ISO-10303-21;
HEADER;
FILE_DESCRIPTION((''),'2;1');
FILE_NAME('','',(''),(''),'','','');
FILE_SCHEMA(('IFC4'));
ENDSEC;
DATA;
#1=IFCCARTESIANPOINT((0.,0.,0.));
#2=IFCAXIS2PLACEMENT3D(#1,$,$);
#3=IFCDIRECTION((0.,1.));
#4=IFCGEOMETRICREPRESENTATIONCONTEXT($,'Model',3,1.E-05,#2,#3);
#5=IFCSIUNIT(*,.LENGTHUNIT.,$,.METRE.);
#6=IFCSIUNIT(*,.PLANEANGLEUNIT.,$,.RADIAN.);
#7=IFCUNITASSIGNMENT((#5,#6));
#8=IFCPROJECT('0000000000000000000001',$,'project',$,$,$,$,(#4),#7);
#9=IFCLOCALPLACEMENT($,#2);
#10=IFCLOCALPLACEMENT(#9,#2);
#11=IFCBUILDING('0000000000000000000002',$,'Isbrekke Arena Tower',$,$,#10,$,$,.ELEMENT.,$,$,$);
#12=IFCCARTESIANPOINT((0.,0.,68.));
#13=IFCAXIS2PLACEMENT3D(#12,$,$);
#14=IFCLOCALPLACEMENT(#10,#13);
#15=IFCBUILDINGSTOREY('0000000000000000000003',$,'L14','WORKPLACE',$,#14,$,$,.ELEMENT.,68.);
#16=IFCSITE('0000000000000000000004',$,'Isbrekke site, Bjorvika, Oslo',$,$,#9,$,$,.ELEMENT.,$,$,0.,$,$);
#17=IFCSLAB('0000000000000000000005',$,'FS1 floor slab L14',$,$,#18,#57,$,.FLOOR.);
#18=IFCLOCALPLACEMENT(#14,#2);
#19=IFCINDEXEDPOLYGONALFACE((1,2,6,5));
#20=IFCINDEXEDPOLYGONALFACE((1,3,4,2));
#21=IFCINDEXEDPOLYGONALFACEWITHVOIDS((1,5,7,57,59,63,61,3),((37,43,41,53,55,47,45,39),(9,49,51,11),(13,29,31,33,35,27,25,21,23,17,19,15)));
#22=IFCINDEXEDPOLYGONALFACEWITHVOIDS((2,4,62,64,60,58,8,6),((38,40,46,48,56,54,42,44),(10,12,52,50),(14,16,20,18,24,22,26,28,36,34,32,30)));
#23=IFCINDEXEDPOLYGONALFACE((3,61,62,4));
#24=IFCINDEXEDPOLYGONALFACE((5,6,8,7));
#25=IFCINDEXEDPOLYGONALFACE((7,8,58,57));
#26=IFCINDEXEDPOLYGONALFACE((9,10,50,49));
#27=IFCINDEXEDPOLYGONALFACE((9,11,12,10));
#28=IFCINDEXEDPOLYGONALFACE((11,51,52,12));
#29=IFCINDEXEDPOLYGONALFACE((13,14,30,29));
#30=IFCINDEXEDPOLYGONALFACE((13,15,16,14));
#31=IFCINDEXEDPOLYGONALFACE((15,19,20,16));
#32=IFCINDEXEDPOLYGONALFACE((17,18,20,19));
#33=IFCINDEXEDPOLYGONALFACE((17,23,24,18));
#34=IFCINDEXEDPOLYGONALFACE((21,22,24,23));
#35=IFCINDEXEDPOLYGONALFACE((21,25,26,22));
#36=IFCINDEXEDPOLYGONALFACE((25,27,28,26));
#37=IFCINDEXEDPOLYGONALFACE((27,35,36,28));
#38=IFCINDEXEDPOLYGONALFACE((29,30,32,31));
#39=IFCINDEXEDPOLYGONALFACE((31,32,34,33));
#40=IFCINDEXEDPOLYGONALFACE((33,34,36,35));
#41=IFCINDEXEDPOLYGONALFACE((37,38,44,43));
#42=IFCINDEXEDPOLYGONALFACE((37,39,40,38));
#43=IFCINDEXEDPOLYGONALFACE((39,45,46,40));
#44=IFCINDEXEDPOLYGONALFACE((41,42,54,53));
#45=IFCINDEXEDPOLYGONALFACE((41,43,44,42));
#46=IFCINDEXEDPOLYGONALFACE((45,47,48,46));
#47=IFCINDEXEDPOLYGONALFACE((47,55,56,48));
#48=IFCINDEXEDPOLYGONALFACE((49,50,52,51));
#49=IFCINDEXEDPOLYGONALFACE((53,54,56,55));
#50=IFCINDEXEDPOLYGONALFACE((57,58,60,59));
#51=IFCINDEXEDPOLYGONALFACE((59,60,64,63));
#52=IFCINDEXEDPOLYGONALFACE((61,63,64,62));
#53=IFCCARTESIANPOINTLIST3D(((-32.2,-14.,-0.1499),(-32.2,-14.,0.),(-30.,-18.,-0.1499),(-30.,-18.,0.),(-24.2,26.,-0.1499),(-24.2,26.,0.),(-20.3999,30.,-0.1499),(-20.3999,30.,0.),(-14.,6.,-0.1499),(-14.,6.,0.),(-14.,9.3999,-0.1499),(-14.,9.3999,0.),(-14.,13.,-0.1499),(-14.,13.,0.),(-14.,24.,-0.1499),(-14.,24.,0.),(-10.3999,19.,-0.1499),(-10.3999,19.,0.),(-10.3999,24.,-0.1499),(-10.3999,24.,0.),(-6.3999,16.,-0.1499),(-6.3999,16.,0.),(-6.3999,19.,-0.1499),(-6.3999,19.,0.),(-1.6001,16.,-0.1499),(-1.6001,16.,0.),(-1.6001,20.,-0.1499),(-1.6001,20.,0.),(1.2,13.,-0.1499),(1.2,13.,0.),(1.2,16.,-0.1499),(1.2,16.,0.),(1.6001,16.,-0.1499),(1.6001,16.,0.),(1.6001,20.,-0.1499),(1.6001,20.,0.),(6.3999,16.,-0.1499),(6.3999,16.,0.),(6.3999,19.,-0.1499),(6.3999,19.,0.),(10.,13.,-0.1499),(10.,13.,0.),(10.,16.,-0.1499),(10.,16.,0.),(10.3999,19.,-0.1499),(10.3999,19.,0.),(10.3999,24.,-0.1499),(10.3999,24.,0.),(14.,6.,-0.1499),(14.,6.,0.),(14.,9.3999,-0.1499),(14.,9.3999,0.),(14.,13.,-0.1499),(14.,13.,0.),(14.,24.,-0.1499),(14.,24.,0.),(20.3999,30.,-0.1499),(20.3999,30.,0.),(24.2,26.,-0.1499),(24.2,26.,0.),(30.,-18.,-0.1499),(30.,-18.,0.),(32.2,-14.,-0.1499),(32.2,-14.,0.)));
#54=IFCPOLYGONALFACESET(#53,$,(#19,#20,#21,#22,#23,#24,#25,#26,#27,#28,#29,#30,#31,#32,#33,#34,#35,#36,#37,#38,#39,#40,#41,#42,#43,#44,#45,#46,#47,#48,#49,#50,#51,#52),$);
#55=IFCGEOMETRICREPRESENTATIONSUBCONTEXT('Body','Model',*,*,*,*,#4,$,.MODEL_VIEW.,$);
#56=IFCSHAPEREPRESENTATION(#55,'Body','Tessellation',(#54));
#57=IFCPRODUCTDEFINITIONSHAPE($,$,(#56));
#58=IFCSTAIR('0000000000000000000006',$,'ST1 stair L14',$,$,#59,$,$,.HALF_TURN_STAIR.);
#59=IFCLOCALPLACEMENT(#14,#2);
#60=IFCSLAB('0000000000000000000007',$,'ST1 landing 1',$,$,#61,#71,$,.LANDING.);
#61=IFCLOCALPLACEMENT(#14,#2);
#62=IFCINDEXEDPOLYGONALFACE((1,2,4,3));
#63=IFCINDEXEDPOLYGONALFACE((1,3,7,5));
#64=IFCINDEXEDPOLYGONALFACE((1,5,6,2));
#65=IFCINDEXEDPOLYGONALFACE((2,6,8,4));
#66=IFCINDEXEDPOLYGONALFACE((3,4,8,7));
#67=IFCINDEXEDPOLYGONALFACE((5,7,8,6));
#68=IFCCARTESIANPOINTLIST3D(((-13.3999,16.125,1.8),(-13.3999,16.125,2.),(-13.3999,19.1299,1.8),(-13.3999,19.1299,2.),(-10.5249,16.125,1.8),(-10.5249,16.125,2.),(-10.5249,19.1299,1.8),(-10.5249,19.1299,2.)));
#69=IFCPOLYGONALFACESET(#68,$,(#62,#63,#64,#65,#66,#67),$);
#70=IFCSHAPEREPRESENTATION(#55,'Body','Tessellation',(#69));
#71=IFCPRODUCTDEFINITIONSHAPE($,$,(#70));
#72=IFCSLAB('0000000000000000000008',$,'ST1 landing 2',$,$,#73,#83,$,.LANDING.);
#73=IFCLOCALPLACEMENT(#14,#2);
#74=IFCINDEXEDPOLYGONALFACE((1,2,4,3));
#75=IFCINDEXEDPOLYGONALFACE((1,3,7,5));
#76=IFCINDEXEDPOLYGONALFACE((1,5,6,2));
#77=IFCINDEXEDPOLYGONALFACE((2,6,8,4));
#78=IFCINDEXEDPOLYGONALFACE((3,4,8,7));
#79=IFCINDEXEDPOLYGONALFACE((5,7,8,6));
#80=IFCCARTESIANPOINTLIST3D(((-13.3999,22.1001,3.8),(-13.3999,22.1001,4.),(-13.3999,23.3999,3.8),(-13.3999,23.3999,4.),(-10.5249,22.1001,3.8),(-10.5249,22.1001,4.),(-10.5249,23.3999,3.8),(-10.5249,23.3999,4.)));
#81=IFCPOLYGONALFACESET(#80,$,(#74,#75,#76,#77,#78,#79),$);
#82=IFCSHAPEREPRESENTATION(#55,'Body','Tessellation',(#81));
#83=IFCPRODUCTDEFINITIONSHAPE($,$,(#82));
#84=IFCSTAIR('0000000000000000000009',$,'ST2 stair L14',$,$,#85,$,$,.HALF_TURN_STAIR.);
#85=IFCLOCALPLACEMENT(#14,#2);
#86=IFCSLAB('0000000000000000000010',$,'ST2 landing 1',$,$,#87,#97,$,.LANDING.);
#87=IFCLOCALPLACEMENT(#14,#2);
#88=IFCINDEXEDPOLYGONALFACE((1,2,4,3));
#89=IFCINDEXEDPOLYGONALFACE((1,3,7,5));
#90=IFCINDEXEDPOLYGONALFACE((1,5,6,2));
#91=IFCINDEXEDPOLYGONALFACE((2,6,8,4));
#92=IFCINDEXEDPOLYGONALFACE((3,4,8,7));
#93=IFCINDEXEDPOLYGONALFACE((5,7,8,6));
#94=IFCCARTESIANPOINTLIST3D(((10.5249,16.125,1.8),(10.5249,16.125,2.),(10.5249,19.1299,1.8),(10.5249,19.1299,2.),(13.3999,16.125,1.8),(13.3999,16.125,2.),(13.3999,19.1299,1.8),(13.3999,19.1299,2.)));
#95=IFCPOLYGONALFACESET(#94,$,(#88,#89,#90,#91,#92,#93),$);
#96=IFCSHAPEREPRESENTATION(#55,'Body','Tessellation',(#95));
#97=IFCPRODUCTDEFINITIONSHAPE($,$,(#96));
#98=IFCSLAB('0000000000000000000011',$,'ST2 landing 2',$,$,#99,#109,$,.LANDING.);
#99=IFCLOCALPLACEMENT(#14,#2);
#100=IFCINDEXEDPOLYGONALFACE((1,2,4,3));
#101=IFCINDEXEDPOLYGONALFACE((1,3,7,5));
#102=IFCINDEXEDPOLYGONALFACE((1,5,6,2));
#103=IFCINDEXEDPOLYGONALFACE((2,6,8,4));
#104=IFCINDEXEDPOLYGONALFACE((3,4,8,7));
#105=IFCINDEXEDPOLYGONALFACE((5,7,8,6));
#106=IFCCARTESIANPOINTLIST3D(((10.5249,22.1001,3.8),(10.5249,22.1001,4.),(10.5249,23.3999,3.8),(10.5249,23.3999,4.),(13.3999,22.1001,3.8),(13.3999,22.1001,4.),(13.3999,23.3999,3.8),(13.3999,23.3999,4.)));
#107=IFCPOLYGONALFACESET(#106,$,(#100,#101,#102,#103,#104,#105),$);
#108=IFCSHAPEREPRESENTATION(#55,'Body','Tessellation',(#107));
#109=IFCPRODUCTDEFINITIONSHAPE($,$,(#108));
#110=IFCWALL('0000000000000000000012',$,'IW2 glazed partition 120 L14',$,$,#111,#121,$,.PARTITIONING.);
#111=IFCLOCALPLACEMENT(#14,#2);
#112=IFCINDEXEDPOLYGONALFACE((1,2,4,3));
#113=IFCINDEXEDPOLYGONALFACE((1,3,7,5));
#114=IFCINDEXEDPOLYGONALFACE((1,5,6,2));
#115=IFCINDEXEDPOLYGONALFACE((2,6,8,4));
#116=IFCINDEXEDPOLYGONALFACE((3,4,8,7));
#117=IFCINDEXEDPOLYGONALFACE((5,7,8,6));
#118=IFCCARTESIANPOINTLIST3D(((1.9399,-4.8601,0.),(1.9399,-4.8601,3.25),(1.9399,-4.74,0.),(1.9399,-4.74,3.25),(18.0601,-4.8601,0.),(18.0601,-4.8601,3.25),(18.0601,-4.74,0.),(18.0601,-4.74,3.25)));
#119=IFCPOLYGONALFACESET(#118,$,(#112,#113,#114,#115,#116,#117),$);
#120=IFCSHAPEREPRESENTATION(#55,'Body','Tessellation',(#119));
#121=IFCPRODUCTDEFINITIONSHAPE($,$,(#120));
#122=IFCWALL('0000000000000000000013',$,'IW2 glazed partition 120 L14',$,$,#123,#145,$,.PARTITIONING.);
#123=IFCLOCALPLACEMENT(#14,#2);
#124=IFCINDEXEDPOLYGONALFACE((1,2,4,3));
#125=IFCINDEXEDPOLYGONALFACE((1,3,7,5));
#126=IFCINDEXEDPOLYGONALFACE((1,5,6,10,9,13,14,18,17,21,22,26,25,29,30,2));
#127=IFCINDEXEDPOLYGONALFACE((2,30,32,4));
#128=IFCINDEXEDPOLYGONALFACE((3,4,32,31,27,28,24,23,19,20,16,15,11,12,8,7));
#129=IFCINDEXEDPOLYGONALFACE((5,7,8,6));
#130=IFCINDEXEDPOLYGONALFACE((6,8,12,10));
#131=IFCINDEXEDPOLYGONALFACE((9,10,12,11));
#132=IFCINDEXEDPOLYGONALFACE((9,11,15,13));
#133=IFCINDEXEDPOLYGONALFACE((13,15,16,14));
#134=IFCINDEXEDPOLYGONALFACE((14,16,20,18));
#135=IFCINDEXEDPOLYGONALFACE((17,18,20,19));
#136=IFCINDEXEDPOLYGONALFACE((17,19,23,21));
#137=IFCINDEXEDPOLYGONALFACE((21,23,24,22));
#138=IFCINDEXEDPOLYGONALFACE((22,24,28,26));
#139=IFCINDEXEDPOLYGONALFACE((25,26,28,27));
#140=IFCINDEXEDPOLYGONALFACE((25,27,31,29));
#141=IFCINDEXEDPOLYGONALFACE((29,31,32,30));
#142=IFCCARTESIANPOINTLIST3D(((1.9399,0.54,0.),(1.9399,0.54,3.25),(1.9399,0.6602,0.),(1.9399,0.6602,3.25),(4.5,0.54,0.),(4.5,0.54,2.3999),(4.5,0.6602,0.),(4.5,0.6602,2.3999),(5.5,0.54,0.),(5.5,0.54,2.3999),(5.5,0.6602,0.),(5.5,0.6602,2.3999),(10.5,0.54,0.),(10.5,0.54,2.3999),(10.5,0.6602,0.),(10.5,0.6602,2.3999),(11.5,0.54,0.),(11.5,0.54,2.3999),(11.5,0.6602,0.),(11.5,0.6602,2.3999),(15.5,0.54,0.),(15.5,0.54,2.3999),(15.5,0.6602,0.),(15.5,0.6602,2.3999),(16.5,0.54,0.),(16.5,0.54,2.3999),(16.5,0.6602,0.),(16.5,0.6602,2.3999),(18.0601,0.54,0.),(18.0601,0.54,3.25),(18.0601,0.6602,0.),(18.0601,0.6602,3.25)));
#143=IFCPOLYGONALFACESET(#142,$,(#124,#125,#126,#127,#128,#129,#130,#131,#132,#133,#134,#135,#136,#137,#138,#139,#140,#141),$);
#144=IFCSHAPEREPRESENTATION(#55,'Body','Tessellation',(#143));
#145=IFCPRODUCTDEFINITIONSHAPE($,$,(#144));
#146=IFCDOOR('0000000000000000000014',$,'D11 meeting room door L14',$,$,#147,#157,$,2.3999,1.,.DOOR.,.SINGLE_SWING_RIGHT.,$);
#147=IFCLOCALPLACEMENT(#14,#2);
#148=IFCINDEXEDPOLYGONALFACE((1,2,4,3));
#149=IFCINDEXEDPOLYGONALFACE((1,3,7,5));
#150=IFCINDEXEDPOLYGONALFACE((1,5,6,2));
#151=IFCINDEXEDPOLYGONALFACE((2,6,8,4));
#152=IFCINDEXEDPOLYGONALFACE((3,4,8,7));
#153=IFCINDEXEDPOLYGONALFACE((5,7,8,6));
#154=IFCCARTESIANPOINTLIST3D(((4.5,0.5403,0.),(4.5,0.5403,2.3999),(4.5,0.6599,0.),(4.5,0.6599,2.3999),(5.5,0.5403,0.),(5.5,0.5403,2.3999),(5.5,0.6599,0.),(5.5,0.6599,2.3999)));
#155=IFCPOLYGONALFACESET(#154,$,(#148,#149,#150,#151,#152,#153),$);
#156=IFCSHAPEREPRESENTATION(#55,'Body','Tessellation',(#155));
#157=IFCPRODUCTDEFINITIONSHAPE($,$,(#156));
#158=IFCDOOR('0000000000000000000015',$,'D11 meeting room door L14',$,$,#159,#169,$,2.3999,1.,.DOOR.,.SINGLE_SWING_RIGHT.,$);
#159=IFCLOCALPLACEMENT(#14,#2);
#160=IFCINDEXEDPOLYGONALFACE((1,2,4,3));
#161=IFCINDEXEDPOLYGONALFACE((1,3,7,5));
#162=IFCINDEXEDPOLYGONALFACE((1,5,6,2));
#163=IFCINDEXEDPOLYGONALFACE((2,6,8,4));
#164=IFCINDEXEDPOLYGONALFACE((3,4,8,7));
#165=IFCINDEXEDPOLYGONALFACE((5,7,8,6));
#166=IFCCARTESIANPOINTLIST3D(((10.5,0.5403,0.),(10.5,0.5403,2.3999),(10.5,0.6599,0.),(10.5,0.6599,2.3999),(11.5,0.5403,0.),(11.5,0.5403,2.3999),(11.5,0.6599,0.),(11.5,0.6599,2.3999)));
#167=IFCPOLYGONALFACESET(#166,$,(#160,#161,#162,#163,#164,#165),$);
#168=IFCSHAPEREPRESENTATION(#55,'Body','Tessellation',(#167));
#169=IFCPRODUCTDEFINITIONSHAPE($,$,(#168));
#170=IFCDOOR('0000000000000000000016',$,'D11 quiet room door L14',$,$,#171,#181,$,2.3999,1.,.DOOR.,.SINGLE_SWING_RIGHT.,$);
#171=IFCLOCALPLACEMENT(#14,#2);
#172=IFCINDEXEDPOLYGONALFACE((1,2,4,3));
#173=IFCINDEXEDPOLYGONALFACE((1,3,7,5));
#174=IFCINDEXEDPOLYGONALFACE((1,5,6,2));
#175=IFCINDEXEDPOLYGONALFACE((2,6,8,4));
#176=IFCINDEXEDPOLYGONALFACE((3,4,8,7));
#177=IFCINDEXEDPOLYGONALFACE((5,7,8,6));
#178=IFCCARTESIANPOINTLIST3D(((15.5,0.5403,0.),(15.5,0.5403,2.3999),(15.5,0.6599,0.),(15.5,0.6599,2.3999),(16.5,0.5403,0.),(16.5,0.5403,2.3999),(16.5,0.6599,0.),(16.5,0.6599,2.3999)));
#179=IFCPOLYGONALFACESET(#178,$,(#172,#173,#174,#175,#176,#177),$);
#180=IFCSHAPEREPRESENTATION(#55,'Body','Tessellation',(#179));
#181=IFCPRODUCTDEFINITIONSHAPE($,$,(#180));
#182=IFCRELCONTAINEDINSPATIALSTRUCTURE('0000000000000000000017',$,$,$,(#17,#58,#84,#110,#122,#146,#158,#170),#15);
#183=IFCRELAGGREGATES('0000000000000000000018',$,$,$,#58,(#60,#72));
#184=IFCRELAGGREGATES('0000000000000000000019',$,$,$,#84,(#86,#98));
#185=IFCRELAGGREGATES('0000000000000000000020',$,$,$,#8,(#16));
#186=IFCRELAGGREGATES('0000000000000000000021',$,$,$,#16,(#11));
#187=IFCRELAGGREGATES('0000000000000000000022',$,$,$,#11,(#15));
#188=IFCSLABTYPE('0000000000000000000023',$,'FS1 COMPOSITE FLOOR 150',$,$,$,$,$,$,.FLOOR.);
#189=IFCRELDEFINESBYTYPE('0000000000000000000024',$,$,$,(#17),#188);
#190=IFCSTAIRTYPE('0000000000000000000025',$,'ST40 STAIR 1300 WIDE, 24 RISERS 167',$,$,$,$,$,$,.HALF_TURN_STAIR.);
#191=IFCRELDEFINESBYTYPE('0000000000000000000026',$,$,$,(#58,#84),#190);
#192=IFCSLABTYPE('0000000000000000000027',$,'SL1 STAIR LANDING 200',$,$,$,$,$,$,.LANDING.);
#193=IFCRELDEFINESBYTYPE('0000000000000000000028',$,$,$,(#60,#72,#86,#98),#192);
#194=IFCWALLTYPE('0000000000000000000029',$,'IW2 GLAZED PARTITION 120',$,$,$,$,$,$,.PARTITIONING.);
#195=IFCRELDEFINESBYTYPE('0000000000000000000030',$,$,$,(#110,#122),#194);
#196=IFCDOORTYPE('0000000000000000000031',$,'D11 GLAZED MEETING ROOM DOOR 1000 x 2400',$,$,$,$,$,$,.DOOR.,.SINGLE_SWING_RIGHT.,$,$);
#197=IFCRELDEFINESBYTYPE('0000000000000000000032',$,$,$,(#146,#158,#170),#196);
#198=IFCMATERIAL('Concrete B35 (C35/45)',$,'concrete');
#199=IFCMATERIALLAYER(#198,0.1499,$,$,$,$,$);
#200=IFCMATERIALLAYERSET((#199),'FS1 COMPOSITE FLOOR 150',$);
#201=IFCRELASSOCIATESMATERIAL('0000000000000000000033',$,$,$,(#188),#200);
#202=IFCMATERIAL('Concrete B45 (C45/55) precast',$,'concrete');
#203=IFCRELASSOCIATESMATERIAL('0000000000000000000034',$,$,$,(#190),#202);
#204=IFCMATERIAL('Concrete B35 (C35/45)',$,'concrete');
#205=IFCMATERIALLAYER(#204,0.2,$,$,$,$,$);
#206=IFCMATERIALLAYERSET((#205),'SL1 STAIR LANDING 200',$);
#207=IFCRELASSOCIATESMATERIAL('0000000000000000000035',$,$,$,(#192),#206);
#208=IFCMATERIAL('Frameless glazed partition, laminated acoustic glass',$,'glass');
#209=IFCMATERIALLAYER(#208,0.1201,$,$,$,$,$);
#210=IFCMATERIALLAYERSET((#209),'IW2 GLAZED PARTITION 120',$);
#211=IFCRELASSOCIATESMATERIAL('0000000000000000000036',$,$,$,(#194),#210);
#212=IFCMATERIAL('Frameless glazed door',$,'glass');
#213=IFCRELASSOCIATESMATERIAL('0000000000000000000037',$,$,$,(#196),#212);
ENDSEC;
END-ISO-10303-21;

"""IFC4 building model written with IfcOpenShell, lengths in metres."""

from ifc_helpers import new_model, si_unit, direction, frame, frame_2d, origin, place, context, subcontext, project, spatial, polyline, rectangle, outline, extrude, material, layer, layer_set, type_object, element, fill, aggregate, save


model = new_model("IFC4")

# Units and contexts
model_context = context("Model", 3, precision=1e-05, world=origin(), true_north=direction((0.0, 1.0)))
body_context = subcontext(model_context, "Body", "Model", "MODEL_VIEW")
ifc_project = project(units=[si_unit("LENGTHUNIT", "METRE"), si_unit("PLANEANGLEUNIT", "RADIAN")], contexts=[model_context])

# Site, building, storey
site_placement = place(None, origin())
site = spatial("IfcSite", under=ifc_project, at=site_placement, Name="Isbrekke site, Bjorvika, Oslo", CompositionType="ELEMENT", RefElevation=0.0)
building_placement = place(site_placement, origin())
building = spatial("IfcBuilding", under=site, at=building_placement, Name="Isbrekke Arena Tower", CompositionType="ELEMENT")
storey_placement = place(building_placement, frame((0.0, 0.0, 68.0)))
storey = spatial("IfcBuildingStorey", under=building, at=storey_placement, Name="L14", Description="WORKPLACE", CompositionType="ELEMENT", Elevation=68.0)

# Slab
ifc_material_1 = material(Name="Concrete B35 (C35/45)", Category="concrete")
ifc_layer_1 = layer(ifc_material_1, 0.1499)
ifc_layer_set_1 = layer_set([ifc_layer_1], Name="FS1 COMPOSITE FLOOR 150")
slab_type_1 = type_object("IfcSlabType", Name="FS1 COMPOSITE FLOOR 150", PredefinedType="FLOOR", material=ifc_layer_set_1)
slab_1_placement = place(storey_placement, frame((0.0, 0.0, -0.1499)))
element("IfcSlab", 1, at=slab_1_placement, inside=storey, type_object=slab_type_1, Name="FS1 floor slab L14", PredefinedType="FLOOR", context=body_context, shape_type="SweptSolid", body=[
    extrude(outline(polyline([(-30.0, -18.0), (30.0, -18.0), (32.2, -14.0), (24.2, 26.0), (20.3999, 30.0), (-20.3999, 30.0), (-24.2, 26.0), (-32.2, -14.0), (-30.0, -18.0)]), holes=[polyline([(14.0, 9.3999), (14.0, 6.0), (-14.0, 6.0), (-14.0, 9.3999), (14.0, 9.3999)]), polyline([(-6.3999, 19.0), (-6.3999, 16.0), (-1.6001, 16.0), (-1.6001, 20.0), (1.6001, 20.0), (1.6001, 16.0), (1.2, 16.0), (1.2, 13.0), (-14.0, 13.0), (-14.0, 24.0), (-10.3999, 24.0), (-10.3999, 19.0), (-6.3999, 19.0)]), polyline([(10.0, 13.0), (10.0, 16.0), (6.3999, 16.0), (6.3999, 19.0), (10.3999, 19.0), (10.3999, 24.0), (14.0, 24.0), (14.0, 13.0), (10.0, 13.0)])]), origin(), (0.0, 0.0, 1.0), 0.1499),
])

# Stairs, slabs
ifc_material_2 = material(Name="Concrete B45 (C45/55) precast", Category="concrete")
stair_type = type_object("IfcStairType", Name="ST40 STAIR 1300 WIDE, 24 RISERS 167", PredefinedType="HALF_TURN_STAIR", material=ifc_material_2)
stair_1_placement = place(storey_placement, origin())
stair_1 = element("IfcStair", 2, at=stair_1_placement, inside=storey, type_object=stair_type, Name="ST1 stair L14", PredefinedType="HALF_TURN_STAIR")
ifc_material_3 = material(Name="Concrete B35 (C35/45)", Category="concrete")
ifc_layer_2 = layer(ifc_material_3, 0.2)
ifc_layer_set_2 = layer_set([ifc_layer_2], Name="SL1 STAIR LANDING 200")
slab_type_2 = type_object("IfcSlabType", Name="SL1 STAIR LANDING 200", PredefinedType="LANDING", material=ifc_layer_set_2)
slab_2_placement = place(storey_placement, frame((0.0, 0.0, 1.8)))
slab_2 = element("IfcSlab", 3, at=slab_2_placement, type_object=slab_type_2, Name="ST1 landing 1", PredefinedType="LANDING", context=body_context, shape_type="SweptSolid", body=[
    extrude(outline(polyline([(-13.3999, 16.125), (-10.5249, 16.125), (-10.5249, 19.1299), (-13.3999, 19.1299), (-13.3999, 16.125)])), origin(), (0.0, 0.0, 1.0), 0.2),
])
slab_3_placement = place(storey_placement, frame((0.0, 0.0, 3.8)))
slab_3 = element("IfcSlab", 4, at=slab_3_placement, type_object=slab_type_2, Name="ST1 landing 2", PredefinedType="LANDING", context=body_context, shape_type="SweptSolid", body=[
    extrude(outline(polyline([(-13.3999, 22.1001), (-10.5249, 22.1001), (-10.5249, 23.3999), (-13.3999, 23.3999), (-13.3999, 22.1001)])), origin(), (0.0, 0.0, 1.0), 0.2),
])
aggregate(stair_1, [slab_2, slab_3])
stair_2_placement = place(storey_placement, origin())
stair_2 = element("IfcStair", 5, at=stair_2_placement, inside=storey, type_object=stair_type, Name="ST2 stair L14", PredefinedType="HALF_TURN_STAIR")
slab_4_placement = place(storey_placement, frame((0.0, 0.0, 1.8)))
slab_4 = element("IfcSlab", 6, at=slab_4_placement, type_object=slab_type_2, Name="ST2 landing 1", PredefinedType="LANDING", context=body_context, shape_type="SweptSolid", body=[
    extrude(outline(polyline([(10.5249, 16.125), (13.3999, 16.125), (13.3999, 19.1299), (10.5249, 19.1299), (10.5249, 16.125)])), origin(), (0.0, 0.0, 1.0), 0.2),
])
slab_5_placement = place(storey_placement, frame((0.0, 0.0, 3.8)))
slab_5 = element("IfcSlab", 7, at=slab_5_placement, type_object=slab_type_2, Name="ST2 landing 2", PredefinedType="LANDING", context=body_context, shape_type="SweptSolid", body=[
    extrude(outline(polyline([(10.5249, 22.1001), (13.3999, 22.1001), (13.3999, 23.3999), (10.5249, 23.3999), (10.5249, 22.1001)])), origin(), (0.0, 0.0, 1.0), 0.2),
])
aggregate(stair_2, [slab_4, slab_5])

# Wall
ifc_material_4 = material(Name="Frameless glazed partition, laminated acoustic glass", Category="glass")
ifc_layer_3 = layer(ifc_material_4, 0.1201)
ifc_layer_set_3 = layer_set([ifc_layer_3], Name="IW2 GLAZED PARTITION 120")
wall_type_1 = type_object("IfcWallType", Name="IW2 GLAZED PARTITION 120", PredefinedType="PARTITIONING", material=ifc_layer_set_3)
wall_1_placement = place(storey_placement, frame((1.9399, -4.8, 0.0), z_axis=(0.0, 0.0, 1.0), x_axis=(1.0, 0.0, 0.0)))
element("IfcWall", 8, at=wall_1_placement, inside=storey, type_object=wall_type_1, Name="IW2 glazed partition 120 L14", PredefinedType="PARTITIONING", context=body_context, shape_type="SweptSolid", body=[
    extrude(rectangle(XDim=16.1201, YDim=0.1201, at=frame_2d((8.0601, 0.0))), origin(), (0.0, 0.0, 1.0), 3.25),
])

# Wall, openings, doors
wall_2_placement = place(storey_placement, frame((1.9399, 0.6001, 0.0), z_axis=(0.0, 0.0, 1.0), x_axis=(1.0, 0.0, 0.0)))
wall_2 = element("IfcWall", 9, at=wall_2_placement, inside=storey, type_object=wall_type_1, Name="IW2 glazed partition 120 L14", PredefinedType="PARTITIONING", context=body_context, shape_type="SweptSolid", body=[
    extrude(rectangle(XDim=16.1201, YDim=0.1201, at=frame_2d((8.0601, 0.0))), origin(), (0.0, 0.0, 1.0), 3.25),
])
opening_1_placement = place(wall_2_placement, frame((2.5601, 0.0, 0.0)))
opening_1 = element("IfcOpeningElement", 10, at=opening_1_placement, cuts=wall_2, PredefinedType="OPENING", context=body_context, shape_type="SweptSolid", body=[
    extrude(rectangle(XDim=1.0, YDim=2.3999, at=frame_2d((0.5, 1.2))), frame((0.0, 0.075, 0.0), z_axis=(0.0, -1.0, 0.0), x_axis=(1.0, 0.0, 0.0)), (0.0, 0.0, 1.0), 0.1499),
])
opening_2_placement = place(wall_2_placement, frame((8.5601, 0.0, 0.0)))
opening_2 = element("IfcOpeningElement", 11, at=opening_2_placement, cuts=wall_2, PredefinedType="OPENING", context=body_context, shape_type="SweptSolid", body=[
    extrude(rectangle(XDim=1.0, YDim=2.3999, at=frame_2d((0.5, 1.2))), frame((0.0, 0.075, 0.0), z_axis=(0.0, -1.0, 0.0), x_axis=(1.0, 0.0, 0.0)), (0.0, 0.0, 1.0), 0.1499),
])
opening_3_placement = place(wall_2_placement, frame((13.5601, 0.0, 0.0)))
opening_3 = element("IfcOpeningElement", 12, at=opening_3_placement, cuts=wall_2, PredefinedType="OPENING", context=body_context, shape_type="SweptSolid", body=[
    extrude(rectangle(XDim=1.0, YDim=2.3999, at=frame_2d((0.5, 1.2))), frame((0.0, 0.075, 0.0), z_axis=(0.0, -1.0, 0.0), x_axis=(1.0, 0.0, 0.0)), (0.0, 0.0, 1.0), 0.1499),
])
ifc_material_5 = material(Name="Frameless glazed door", Category="glass")
door_type = type_object("IfcDoorType", Name="D11 GLAZED MEETING ROOM DOOR 1000 x 2400", OperationType="SINGLE_SWING_RIGHT", PredefinedType="DOOR", material=ifc_material_5)
door_1_placement = place(opening_1_placement, origin())
door_1 = element("IfcDoor", 13, at=door_1_placement, inside=storey, type_object=door_type, Name="D11 meeting room door L14", OperationType="SINGLE_SWING_RIGHT", OverallHeight=2.3999, OverallWidth=1.0, PredefinedType="DOOR", context=body_context, shape_type="SweptSolid", body=[
    extrude(rectangle(XDim=1.0, YDim=2.3999, at=frame_2d((0.5, 1.2))), frame((0.0, 0.0598, 0.0), z_axis=(0.0, -1.0, 0.0), x_axis=(1.0, 0.0, 0.0)), (0.0, 0.0, 1.0), 0.1196),
])
fill(opening_1, door_1)
door_2_placement = place(opening_2_placement, origin())
door_2 = element("IfcDoor", 14, at=door_2_placement, inside=storey, type_object=door_type, Name="D11 meeting room door L14", OperationType="SINGLE_SWING_RIGHT", OverallHeight=2.3999, OverallWidth=1.0, PredefinedType="DOOR", context=body_context, shape_type="SweptSolid", body=[
    extrude(rectangle(XDim=1.0, YDim=2.3999, at=frame_2d((0.5, 1.2))), frame((0.0, 0.0598, 0.0), z_axis=(0.0, -1.0, 0.0), x_axis=(1.0, 0.0, 0.0)), (0.0, 0.0, 1.0), 0.1196),
])
fill(opening_2, door_2)
door_3_placement = place(opening_3_placement, origin())
door_3 = element("IfcDoor", 15, at=door_3_placement, inside=storey, type_object=door_type, Name="D11 quiet room door L14", OperationType="SINGLE_SWING_RIGHT", OverallHeight=2.3999, OverallWidth=1.0, PredefinedType="DOOR", context=body_context, shape_type="SweptSolid", body=[
    extrude(rectangle(XDim=1.0, YDim=2.3999, at=frame_2d((0.5, 1.2))), frame((0.0, 0.0598, 0.0), z_axis=(0.0, -1.0, 0.0), x_axis=(1.0, 0.0, 0.0)), (0.0, 0.0, 1.0), 0.1196),
])
fill(opening_3, door_3)

save(model, "model.ifc")
